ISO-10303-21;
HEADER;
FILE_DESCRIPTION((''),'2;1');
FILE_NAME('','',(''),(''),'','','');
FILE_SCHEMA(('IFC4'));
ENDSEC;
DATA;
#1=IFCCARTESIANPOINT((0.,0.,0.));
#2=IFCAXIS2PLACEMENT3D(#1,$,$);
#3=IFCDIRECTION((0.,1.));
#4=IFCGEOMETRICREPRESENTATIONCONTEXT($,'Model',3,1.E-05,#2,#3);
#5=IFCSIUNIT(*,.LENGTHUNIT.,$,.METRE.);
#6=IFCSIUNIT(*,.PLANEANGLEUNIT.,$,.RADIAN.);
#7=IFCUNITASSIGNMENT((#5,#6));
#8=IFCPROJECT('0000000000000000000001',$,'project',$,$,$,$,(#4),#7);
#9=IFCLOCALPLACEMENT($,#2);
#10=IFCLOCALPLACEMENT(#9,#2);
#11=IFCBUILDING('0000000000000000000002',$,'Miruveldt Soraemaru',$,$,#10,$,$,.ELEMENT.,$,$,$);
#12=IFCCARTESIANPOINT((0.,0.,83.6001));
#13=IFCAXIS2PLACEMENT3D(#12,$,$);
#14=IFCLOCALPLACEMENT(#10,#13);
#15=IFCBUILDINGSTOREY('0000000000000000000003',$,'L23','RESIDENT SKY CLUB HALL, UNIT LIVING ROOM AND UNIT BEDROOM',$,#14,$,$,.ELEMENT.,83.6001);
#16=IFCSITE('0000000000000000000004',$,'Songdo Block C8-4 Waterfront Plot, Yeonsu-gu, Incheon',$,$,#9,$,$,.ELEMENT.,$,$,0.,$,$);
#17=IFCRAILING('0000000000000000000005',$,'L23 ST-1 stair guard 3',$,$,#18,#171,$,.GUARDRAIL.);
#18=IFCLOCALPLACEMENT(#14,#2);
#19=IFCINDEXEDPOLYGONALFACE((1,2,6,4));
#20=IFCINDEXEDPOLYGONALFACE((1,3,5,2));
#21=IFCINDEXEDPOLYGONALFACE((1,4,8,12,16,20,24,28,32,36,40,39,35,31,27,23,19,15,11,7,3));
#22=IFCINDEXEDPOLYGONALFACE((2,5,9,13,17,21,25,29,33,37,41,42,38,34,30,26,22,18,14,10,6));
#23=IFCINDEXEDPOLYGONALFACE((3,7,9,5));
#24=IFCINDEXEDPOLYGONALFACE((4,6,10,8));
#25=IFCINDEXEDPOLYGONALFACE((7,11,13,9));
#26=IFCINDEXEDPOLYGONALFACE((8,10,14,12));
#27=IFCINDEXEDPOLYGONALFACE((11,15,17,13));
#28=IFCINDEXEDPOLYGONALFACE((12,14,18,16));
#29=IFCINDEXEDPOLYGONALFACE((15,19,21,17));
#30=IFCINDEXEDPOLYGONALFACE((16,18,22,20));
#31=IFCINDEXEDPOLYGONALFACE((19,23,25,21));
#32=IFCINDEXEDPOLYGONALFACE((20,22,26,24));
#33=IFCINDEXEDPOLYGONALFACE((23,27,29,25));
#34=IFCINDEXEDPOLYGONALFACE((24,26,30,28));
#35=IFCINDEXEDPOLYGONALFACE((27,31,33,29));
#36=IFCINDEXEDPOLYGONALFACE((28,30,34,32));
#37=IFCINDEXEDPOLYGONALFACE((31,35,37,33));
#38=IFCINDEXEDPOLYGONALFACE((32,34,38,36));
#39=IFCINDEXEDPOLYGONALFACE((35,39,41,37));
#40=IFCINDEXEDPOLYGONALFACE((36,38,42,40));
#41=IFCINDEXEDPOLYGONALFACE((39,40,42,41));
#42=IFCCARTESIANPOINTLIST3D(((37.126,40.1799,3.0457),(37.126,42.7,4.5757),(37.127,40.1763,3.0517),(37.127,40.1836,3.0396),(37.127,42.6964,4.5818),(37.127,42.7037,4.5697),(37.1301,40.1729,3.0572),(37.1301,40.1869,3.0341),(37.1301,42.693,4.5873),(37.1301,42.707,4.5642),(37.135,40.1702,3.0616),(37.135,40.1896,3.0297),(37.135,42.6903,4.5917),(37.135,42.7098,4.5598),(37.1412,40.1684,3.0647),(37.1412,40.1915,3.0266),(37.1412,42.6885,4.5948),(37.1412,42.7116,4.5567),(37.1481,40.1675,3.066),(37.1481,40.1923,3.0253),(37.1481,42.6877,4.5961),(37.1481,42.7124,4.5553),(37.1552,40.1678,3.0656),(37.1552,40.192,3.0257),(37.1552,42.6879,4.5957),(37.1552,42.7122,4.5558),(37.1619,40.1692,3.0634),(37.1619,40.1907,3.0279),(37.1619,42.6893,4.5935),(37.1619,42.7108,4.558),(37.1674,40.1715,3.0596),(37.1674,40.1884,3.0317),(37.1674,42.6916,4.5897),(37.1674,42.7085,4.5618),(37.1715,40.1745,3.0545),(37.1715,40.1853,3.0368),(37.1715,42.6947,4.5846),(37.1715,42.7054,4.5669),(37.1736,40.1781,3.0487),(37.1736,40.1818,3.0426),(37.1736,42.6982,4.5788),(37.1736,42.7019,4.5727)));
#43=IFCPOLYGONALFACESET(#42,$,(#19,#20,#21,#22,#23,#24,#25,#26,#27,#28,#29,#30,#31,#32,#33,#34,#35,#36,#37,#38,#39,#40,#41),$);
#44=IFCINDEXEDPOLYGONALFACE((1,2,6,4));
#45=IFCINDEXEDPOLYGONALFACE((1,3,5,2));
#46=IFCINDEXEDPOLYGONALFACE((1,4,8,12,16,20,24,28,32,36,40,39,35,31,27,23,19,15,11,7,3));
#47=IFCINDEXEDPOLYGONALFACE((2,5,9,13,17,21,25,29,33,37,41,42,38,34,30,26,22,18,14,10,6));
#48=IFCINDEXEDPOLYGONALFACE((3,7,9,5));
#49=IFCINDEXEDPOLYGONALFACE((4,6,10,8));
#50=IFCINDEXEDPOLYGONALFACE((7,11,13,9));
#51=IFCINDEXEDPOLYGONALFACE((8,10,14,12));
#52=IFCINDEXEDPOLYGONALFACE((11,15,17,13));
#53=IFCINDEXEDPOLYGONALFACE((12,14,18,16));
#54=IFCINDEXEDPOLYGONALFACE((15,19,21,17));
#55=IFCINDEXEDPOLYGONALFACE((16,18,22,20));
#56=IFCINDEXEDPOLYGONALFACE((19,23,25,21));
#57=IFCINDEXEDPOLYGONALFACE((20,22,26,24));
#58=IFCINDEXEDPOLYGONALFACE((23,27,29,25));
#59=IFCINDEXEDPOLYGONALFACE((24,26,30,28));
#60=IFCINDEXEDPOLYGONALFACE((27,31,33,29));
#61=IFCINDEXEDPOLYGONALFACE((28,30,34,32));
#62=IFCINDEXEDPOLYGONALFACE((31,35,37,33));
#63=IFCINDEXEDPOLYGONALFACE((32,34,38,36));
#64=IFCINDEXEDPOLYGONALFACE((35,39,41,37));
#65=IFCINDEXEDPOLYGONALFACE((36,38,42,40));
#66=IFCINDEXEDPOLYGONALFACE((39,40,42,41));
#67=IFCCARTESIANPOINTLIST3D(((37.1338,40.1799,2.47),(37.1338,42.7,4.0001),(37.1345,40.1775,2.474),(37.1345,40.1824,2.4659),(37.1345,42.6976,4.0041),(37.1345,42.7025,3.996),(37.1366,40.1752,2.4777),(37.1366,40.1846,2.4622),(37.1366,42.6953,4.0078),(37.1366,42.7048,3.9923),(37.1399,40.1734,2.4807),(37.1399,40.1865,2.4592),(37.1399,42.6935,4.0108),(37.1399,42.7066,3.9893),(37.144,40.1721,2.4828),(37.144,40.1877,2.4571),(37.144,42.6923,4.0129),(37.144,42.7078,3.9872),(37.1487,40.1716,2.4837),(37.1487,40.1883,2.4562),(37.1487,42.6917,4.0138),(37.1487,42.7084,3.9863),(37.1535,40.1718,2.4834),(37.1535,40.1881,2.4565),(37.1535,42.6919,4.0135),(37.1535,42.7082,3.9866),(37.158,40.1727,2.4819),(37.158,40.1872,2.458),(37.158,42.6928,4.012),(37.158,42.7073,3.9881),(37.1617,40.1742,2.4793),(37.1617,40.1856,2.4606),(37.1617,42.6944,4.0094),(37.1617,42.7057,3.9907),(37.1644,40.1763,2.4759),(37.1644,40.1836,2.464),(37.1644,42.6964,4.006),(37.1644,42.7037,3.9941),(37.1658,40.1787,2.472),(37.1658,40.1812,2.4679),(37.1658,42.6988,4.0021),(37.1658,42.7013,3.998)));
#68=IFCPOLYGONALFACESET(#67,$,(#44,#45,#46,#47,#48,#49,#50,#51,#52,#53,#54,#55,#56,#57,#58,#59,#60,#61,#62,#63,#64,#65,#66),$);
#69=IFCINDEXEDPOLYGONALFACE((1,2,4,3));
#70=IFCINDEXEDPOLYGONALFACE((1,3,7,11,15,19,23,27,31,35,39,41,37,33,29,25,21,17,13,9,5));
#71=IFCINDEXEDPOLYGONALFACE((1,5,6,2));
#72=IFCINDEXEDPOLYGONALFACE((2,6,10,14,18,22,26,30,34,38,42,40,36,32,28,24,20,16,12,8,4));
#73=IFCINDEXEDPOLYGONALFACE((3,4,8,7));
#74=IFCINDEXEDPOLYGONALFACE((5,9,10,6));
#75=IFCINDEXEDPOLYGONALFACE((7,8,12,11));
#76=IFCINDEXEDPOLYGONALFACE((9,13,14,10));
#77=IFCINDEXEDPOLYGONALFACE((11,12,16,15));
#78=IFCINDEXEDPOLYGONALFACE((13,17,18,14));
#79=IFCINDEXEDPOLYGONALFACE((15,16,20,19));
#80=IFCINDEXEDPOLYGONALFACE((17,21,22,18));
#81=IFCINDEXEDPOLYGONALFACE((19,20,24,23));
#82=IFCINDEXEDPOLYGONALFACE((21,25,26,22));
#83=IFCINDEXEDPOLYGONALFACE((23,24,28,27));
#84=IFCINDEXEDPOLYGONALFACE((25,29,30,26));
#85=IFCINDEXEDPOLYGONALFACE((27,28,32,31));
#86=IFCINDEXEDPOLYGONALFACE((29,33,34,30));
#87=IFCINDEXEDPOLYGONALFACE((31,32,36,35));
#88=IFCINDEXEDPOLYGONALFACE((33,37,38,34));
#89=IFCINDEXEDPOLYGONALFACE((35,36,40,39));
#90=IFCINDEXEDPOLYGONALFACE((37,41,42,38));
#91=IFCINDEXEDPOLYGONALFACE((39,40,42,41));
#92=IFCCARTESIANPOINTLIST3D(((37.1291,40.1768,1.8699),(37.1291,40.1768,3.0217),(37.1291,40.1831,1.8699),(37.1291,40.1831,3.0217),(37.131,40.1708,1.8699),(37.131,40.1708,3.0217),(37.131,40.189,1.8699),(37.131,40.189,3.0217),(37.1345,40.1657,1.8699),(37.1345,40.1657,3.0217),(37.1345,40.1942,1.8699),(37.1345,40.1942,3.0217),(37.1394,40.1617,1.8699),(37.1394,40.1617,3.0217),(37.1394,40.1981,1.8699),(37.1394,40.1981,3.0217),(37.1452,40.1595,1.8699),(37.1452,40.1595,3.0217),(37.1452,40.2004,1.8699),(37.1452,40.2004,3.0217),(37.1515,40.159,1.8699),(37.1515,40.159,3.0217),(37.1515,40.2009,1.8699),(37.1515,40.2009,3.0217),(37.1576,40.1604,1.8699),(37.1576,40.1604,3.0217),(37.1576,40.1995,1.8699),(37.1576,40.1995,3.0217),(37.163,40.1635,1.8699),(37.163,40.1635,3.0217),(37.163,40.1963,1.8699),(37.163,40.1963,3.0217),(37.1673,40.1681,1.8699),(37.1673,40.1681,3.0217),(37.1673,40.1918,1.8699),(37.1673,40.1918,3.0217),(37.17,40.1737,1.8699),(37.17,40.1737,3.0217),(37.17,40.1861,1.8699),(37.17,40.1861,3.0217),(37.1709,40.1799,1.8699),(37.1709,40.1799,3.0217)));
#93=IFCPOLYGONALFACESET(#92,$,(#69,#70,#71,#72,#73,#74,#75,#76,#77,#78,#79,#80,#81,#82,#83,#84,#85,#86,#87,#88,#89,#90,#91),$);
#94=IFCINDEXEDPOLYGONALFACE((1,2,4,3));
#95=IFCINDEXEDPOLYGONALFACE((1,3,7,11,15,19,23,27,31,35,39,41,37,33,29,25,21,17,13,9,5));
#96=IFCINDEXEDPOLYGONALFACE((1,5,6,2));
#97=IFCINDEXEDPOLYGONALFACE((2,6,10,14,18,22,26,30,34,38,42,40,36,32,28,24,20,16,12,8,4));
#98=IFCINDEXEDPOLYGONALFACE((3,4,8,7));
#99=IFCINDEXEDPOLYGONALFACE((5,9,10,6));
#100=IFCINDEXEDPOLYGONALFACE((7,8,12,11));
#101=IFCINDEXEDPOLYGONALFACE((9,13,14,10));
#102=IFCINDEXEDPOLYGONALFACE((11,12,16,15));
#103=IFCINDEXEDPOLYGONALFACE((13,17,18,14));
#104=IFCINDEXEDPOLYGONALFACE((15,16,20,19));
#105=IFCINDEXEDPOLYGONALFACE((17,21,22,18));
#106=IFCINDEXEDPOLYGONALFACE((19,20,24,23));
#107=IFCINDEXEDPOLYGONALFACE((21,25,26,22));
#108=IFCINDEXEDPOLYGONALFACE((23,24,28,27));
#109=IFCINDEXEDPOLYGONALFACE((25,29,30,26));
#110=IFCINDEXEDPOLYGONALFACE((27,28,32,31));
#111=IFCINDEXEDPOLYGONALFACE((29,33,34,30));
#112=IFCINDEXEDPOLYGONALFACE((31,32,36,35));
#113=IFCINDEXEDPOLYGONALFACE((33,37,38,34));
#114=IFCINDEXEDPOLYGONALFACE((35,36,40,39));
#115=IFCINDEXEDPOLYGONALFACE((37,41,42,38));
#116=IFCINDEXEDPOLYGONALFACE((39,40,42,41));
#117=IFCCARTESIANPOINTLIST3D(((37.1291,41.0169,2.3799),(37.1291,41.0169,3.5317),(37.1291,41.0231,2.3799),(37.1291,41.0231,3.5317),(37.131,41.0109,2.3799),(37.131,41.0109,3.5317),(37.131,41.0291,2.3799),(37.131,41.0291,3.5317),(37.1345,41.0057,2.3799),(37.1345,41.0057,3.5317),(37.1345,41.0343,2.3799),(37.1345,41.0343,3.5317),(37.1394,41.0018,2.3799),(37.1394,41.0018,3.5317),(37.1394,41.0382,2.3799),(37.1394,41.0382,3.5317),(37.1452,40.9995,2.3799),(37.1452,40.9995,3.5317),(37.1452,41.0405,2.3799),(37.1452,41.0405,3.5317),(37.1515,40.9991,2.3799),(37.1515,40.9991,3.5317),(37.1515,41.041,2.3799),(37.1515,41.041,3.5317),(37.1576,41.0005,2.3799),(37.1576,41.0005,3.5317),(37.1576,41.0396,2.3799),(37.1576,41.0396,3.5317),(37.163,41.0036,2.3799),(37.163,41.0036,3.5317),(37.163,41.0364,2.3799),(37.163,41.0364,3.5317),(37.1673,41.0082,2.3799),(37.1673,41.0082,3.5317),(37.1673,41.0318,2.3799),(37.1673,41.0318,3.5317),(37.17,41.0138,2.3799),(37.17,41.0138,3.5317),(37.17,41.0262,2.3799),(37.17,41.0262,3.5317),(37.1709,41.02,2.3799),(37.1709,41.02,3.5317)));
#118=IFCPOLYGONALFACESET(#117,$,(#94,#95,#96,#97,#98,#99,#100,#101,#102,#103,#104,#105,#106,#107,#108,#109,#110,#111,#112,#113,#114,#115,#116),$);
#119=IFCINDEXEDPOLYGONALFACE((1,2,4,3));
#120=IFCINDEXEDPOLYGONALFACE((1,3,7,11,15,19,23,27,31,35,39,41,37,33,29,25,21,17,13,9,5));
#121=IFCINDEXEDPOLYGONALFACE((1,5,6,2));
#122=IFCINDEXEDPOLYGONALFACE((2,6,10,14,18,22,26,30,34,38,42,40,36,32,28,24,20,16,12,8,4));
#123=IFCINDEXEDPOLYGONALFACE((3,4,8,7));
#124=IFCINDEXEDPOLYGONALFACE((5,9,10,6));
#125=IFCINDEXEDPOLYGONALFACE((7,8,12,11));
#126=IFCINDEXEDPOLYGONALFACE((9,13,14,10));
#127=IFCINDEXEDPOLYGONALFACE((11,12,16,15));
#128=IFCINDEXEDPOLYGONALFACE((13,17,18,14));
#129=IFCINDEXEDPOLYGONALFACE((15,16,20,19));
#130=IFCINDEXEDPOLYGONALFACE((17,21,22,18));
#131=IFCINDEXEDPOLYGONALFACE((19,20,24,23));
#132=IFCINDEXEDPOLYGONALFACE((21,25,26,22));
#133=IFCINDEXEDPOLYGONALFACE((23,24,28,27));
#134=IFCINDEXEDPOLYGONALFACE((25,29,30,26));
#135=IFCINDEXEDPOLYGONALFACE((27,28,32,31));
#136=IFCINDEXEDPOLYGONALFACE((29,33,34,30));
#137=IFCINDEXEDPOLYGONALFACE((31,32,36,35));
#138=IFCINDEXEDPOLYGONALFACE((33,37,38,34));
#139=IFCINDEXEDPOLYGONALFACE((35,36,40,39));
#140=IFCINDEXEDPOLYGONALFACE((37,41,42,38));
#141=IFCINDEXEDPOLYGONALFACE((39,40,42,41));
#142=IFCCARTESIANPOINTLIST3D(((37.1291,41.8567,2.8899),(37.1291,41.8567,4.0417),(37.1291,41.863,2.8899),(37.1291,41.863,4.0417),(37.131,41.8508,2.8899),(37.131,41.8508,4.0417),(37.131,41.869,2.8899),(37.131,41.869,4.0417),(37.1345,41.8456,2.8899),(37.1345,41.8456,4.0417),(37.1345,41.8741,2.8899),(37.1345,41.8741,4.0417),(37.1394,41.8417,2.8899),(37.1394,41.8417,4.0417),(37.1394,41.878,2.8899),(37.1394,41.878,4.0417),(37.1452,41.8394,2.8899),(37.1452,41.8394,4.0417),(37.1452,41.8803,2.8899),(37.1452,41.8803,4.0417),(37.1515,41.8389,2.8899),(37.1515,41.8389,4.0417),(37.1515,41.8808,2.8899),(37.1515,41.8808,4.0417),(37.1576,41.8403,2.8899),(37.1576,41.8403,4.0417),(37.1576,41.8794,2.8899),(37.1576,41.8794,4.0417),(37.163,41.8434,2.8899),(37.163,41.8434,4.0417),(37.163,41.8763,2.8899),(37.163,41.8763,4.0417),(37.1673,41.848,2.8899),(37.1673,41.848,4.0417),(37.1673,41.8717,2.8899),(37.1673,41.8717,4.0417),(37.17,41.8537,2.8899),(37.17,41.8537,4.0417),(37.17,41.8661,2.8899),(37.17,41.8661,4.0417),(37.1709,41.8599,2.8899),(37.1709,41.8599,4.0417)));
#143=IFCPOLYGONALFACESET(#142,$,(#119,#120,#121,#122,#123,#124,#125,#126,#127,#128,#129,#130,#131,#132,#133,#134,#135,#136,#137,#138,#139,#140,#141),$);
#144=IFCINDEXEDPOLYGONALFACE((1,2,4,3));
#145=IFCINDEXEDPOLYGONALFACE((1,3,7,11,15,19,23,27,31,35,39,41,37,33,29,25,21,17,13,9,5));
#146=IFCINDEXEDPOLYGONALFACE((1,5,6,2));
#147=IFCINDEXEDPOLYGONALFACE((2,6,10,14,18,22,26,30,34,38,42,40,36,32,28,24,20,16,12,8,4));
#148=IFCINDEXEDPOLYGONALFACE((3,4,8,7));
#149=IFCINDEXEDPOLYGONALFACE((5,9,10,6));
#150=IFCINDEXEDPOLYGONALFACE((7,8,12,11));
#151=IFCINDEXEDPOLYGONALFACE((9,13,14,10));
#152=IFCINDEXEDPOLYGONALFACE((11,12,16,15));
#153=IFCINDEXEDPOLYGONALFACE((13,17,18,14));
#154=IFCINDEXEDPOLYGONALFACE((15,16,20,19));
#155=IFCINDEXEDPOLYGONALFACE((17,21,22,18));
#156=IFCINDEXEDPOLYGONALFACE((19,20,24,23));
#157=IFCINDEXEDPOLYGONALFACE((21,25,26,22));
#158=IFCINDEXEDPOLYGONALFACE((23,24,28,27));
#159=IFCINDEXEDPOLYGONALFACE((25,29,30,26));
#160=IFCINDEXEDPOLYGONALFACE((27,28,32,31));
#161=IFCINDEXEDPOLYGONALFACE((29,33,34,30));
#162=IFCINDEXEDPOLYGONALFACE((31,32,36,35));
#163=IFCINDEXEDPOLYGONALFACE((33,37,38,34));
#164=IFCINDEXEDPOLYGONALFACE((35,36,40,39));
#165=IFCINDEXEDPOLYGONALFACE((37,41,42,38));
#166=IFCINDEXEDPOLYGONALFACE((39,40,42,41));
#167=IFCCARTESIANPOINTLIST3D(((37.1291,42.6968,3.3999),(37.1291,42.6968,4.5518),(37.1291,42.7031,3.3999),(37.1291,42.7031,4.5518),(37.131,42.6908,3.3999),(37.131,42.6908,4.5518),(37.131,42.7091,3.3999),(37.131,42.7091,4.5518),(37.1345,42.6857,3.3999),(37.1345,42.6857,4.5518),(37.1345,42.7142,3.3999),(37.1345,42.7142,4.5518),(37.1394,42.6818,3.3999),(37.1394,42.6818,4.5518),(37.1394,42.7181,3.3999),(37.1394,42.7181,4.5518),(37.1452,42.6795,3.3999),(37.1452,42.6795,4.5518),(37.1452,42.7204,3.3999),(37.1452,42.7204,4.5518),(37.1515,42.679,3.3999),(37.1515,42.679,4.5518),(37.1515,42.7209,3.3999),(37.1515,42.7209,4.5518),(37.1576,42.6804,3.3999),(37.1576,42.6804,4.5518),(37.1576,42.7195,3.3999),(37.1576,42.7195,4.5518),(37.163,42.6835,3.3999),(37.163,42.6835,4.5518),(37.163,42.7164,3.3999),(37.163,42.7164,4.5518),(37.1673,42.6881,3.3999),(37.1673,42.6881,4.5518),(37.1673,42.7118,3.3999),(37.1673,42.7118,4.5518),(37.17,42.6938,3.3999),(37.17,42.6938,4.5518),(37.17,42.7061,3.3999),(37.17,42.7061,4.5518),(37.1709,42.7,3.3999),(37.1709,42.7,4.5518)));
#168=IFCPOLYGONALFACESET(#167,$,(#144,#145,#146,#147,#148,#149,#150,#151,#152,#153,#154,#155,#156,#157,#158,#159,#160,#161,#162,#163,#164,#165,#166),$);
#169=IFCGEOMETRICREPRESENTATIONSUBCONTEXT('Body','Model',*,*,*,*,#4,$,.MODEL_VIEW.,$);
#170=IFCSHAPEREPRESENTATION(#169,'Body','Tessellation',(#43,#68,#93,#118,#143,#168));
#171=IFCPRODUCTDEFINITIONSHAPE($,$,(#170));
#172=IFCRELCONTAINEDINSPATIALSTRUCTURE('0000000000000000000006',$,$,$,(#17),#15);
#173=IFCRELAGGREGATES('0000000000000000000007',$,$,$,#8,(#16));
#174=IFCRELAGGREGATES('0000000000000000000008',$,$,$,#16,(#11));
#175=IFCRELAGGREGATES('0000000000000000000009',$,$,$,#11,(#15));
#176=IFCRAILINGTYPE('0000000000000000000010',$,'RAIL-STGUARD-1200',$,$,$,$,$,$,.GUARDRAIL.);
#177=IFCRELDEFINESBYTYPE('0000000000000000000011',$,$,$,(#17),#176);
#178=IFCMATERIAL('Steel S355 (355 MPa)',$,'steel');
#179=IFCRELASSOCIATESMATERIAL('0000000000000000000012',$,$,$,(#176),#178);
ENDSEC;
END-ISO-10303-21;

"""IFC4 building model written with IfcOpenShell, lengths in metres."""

from ifc_helpers import new_model, si_unit, direction, frame, origin, origin_2d, place, context, subcontext, project, spatial, circle, extrude, material, type_object, element, save


model = new_model("IFC4")

# Units and contexts
model_context = context("Model", 3, precision=1e-05, world=origin(), true_north=direction((0.0, 1.0)))
body_context = subcontext(model_context, "Body", "Model", "MODEL_VIEW")
ifc_project = project(units=[si_unit("LENGTHUNIT", "METRE"), si_unit("PLANEANGLEUNIT", "RADIAN")], contexts=[model_context])

# Site, building, storey
site_placement = place(None, origin())
site = spatial("IfcSite", under=ifc_project, at=site_placement, Name="Songdo Block C8-4 Waterfront Plot, Yeonsu-gu, Incheon", CompositionType="ELEMENT", RefElevation=0.0)
building_placement = place(site_placement, origin())
building = spatial("IfcBuilding", under=site, at=building_placement, Name="Miruveldt Soraemaru", CompositionType="ELEMENT")
storey_placement = place(building_placement, frame((0.0, 0.0, 83.6001)))
storey = spatial("IfcBuildingStorey", under=building, at=storey_placement, Name="L23", Description="RESIDENT SKY CLUB HALL, UNIT LIVING ROOM AND UNIT BEDROOM", CompositionType="ELEMENT", Elevation=83.6001)

# Railing
ifc_material_1 = material(Name="Steel S355 (355 MPa)", Category="steel")
railing_type_1 = type_object("IfcRailingType", Name="RAIL-STGUARD-1200", PredefinedType="GUARDRAIL", material=ifc_material_1)
railing_1_placement = place(storey_placement, frame((37.1499, 40.1799, 1.8699)))
element("IfcRailing", 1, at=railing_1_placement, inside=storey, type_object=railing_type_1, Name="L23 ST-1 stair guard 3", PredefinedType="GUARDRAIL", context=body_context, shape_type="SweptSolid", body=[
    extrude(circle(Radius=0.0239, at=origin_2d()), frame((0.0, 0.0, 1.1758), z_axis=(0.0, 0.854785, 0.518982), x_axis=(-1.0, 0.0, 0.0)), (0.0, 0.0, 1.0), 2.9482),
    extrude(circle(Radius=0.0161, at=origin_2d()), frame((0.0, 0.0, 0.6001), z_axis=(0.0, 0.854785, 0.518982), x_axis=(-1.0, 0.0, 0.0)), (0.0, 0.0, 1.0), 2.9482),
    extrude(circle(Radius=0.021, at=origin_2d()), origin(), (0.0, 0.0, 1.0), 1.1519),
    extrude(circle(Radius=0.021, at=origin_2d()), frame((0.0, 0.8401, 0.51)), (0.0, 0.0, 1.0), 1.1519),
    extrude(circle(Radius=0.021, at=origin_2d()), frame((0.0, 1.6799, 1.02)), (0.0, 0.0, 1.0), 1.1519),
    extrude(circle(Radius=0.021, at=origin_2d()), frame((0.0, 2.52, 1.53)), (0.0, 0.0, 1.0), 1.1519),
])

save(model, "model.ifc")
